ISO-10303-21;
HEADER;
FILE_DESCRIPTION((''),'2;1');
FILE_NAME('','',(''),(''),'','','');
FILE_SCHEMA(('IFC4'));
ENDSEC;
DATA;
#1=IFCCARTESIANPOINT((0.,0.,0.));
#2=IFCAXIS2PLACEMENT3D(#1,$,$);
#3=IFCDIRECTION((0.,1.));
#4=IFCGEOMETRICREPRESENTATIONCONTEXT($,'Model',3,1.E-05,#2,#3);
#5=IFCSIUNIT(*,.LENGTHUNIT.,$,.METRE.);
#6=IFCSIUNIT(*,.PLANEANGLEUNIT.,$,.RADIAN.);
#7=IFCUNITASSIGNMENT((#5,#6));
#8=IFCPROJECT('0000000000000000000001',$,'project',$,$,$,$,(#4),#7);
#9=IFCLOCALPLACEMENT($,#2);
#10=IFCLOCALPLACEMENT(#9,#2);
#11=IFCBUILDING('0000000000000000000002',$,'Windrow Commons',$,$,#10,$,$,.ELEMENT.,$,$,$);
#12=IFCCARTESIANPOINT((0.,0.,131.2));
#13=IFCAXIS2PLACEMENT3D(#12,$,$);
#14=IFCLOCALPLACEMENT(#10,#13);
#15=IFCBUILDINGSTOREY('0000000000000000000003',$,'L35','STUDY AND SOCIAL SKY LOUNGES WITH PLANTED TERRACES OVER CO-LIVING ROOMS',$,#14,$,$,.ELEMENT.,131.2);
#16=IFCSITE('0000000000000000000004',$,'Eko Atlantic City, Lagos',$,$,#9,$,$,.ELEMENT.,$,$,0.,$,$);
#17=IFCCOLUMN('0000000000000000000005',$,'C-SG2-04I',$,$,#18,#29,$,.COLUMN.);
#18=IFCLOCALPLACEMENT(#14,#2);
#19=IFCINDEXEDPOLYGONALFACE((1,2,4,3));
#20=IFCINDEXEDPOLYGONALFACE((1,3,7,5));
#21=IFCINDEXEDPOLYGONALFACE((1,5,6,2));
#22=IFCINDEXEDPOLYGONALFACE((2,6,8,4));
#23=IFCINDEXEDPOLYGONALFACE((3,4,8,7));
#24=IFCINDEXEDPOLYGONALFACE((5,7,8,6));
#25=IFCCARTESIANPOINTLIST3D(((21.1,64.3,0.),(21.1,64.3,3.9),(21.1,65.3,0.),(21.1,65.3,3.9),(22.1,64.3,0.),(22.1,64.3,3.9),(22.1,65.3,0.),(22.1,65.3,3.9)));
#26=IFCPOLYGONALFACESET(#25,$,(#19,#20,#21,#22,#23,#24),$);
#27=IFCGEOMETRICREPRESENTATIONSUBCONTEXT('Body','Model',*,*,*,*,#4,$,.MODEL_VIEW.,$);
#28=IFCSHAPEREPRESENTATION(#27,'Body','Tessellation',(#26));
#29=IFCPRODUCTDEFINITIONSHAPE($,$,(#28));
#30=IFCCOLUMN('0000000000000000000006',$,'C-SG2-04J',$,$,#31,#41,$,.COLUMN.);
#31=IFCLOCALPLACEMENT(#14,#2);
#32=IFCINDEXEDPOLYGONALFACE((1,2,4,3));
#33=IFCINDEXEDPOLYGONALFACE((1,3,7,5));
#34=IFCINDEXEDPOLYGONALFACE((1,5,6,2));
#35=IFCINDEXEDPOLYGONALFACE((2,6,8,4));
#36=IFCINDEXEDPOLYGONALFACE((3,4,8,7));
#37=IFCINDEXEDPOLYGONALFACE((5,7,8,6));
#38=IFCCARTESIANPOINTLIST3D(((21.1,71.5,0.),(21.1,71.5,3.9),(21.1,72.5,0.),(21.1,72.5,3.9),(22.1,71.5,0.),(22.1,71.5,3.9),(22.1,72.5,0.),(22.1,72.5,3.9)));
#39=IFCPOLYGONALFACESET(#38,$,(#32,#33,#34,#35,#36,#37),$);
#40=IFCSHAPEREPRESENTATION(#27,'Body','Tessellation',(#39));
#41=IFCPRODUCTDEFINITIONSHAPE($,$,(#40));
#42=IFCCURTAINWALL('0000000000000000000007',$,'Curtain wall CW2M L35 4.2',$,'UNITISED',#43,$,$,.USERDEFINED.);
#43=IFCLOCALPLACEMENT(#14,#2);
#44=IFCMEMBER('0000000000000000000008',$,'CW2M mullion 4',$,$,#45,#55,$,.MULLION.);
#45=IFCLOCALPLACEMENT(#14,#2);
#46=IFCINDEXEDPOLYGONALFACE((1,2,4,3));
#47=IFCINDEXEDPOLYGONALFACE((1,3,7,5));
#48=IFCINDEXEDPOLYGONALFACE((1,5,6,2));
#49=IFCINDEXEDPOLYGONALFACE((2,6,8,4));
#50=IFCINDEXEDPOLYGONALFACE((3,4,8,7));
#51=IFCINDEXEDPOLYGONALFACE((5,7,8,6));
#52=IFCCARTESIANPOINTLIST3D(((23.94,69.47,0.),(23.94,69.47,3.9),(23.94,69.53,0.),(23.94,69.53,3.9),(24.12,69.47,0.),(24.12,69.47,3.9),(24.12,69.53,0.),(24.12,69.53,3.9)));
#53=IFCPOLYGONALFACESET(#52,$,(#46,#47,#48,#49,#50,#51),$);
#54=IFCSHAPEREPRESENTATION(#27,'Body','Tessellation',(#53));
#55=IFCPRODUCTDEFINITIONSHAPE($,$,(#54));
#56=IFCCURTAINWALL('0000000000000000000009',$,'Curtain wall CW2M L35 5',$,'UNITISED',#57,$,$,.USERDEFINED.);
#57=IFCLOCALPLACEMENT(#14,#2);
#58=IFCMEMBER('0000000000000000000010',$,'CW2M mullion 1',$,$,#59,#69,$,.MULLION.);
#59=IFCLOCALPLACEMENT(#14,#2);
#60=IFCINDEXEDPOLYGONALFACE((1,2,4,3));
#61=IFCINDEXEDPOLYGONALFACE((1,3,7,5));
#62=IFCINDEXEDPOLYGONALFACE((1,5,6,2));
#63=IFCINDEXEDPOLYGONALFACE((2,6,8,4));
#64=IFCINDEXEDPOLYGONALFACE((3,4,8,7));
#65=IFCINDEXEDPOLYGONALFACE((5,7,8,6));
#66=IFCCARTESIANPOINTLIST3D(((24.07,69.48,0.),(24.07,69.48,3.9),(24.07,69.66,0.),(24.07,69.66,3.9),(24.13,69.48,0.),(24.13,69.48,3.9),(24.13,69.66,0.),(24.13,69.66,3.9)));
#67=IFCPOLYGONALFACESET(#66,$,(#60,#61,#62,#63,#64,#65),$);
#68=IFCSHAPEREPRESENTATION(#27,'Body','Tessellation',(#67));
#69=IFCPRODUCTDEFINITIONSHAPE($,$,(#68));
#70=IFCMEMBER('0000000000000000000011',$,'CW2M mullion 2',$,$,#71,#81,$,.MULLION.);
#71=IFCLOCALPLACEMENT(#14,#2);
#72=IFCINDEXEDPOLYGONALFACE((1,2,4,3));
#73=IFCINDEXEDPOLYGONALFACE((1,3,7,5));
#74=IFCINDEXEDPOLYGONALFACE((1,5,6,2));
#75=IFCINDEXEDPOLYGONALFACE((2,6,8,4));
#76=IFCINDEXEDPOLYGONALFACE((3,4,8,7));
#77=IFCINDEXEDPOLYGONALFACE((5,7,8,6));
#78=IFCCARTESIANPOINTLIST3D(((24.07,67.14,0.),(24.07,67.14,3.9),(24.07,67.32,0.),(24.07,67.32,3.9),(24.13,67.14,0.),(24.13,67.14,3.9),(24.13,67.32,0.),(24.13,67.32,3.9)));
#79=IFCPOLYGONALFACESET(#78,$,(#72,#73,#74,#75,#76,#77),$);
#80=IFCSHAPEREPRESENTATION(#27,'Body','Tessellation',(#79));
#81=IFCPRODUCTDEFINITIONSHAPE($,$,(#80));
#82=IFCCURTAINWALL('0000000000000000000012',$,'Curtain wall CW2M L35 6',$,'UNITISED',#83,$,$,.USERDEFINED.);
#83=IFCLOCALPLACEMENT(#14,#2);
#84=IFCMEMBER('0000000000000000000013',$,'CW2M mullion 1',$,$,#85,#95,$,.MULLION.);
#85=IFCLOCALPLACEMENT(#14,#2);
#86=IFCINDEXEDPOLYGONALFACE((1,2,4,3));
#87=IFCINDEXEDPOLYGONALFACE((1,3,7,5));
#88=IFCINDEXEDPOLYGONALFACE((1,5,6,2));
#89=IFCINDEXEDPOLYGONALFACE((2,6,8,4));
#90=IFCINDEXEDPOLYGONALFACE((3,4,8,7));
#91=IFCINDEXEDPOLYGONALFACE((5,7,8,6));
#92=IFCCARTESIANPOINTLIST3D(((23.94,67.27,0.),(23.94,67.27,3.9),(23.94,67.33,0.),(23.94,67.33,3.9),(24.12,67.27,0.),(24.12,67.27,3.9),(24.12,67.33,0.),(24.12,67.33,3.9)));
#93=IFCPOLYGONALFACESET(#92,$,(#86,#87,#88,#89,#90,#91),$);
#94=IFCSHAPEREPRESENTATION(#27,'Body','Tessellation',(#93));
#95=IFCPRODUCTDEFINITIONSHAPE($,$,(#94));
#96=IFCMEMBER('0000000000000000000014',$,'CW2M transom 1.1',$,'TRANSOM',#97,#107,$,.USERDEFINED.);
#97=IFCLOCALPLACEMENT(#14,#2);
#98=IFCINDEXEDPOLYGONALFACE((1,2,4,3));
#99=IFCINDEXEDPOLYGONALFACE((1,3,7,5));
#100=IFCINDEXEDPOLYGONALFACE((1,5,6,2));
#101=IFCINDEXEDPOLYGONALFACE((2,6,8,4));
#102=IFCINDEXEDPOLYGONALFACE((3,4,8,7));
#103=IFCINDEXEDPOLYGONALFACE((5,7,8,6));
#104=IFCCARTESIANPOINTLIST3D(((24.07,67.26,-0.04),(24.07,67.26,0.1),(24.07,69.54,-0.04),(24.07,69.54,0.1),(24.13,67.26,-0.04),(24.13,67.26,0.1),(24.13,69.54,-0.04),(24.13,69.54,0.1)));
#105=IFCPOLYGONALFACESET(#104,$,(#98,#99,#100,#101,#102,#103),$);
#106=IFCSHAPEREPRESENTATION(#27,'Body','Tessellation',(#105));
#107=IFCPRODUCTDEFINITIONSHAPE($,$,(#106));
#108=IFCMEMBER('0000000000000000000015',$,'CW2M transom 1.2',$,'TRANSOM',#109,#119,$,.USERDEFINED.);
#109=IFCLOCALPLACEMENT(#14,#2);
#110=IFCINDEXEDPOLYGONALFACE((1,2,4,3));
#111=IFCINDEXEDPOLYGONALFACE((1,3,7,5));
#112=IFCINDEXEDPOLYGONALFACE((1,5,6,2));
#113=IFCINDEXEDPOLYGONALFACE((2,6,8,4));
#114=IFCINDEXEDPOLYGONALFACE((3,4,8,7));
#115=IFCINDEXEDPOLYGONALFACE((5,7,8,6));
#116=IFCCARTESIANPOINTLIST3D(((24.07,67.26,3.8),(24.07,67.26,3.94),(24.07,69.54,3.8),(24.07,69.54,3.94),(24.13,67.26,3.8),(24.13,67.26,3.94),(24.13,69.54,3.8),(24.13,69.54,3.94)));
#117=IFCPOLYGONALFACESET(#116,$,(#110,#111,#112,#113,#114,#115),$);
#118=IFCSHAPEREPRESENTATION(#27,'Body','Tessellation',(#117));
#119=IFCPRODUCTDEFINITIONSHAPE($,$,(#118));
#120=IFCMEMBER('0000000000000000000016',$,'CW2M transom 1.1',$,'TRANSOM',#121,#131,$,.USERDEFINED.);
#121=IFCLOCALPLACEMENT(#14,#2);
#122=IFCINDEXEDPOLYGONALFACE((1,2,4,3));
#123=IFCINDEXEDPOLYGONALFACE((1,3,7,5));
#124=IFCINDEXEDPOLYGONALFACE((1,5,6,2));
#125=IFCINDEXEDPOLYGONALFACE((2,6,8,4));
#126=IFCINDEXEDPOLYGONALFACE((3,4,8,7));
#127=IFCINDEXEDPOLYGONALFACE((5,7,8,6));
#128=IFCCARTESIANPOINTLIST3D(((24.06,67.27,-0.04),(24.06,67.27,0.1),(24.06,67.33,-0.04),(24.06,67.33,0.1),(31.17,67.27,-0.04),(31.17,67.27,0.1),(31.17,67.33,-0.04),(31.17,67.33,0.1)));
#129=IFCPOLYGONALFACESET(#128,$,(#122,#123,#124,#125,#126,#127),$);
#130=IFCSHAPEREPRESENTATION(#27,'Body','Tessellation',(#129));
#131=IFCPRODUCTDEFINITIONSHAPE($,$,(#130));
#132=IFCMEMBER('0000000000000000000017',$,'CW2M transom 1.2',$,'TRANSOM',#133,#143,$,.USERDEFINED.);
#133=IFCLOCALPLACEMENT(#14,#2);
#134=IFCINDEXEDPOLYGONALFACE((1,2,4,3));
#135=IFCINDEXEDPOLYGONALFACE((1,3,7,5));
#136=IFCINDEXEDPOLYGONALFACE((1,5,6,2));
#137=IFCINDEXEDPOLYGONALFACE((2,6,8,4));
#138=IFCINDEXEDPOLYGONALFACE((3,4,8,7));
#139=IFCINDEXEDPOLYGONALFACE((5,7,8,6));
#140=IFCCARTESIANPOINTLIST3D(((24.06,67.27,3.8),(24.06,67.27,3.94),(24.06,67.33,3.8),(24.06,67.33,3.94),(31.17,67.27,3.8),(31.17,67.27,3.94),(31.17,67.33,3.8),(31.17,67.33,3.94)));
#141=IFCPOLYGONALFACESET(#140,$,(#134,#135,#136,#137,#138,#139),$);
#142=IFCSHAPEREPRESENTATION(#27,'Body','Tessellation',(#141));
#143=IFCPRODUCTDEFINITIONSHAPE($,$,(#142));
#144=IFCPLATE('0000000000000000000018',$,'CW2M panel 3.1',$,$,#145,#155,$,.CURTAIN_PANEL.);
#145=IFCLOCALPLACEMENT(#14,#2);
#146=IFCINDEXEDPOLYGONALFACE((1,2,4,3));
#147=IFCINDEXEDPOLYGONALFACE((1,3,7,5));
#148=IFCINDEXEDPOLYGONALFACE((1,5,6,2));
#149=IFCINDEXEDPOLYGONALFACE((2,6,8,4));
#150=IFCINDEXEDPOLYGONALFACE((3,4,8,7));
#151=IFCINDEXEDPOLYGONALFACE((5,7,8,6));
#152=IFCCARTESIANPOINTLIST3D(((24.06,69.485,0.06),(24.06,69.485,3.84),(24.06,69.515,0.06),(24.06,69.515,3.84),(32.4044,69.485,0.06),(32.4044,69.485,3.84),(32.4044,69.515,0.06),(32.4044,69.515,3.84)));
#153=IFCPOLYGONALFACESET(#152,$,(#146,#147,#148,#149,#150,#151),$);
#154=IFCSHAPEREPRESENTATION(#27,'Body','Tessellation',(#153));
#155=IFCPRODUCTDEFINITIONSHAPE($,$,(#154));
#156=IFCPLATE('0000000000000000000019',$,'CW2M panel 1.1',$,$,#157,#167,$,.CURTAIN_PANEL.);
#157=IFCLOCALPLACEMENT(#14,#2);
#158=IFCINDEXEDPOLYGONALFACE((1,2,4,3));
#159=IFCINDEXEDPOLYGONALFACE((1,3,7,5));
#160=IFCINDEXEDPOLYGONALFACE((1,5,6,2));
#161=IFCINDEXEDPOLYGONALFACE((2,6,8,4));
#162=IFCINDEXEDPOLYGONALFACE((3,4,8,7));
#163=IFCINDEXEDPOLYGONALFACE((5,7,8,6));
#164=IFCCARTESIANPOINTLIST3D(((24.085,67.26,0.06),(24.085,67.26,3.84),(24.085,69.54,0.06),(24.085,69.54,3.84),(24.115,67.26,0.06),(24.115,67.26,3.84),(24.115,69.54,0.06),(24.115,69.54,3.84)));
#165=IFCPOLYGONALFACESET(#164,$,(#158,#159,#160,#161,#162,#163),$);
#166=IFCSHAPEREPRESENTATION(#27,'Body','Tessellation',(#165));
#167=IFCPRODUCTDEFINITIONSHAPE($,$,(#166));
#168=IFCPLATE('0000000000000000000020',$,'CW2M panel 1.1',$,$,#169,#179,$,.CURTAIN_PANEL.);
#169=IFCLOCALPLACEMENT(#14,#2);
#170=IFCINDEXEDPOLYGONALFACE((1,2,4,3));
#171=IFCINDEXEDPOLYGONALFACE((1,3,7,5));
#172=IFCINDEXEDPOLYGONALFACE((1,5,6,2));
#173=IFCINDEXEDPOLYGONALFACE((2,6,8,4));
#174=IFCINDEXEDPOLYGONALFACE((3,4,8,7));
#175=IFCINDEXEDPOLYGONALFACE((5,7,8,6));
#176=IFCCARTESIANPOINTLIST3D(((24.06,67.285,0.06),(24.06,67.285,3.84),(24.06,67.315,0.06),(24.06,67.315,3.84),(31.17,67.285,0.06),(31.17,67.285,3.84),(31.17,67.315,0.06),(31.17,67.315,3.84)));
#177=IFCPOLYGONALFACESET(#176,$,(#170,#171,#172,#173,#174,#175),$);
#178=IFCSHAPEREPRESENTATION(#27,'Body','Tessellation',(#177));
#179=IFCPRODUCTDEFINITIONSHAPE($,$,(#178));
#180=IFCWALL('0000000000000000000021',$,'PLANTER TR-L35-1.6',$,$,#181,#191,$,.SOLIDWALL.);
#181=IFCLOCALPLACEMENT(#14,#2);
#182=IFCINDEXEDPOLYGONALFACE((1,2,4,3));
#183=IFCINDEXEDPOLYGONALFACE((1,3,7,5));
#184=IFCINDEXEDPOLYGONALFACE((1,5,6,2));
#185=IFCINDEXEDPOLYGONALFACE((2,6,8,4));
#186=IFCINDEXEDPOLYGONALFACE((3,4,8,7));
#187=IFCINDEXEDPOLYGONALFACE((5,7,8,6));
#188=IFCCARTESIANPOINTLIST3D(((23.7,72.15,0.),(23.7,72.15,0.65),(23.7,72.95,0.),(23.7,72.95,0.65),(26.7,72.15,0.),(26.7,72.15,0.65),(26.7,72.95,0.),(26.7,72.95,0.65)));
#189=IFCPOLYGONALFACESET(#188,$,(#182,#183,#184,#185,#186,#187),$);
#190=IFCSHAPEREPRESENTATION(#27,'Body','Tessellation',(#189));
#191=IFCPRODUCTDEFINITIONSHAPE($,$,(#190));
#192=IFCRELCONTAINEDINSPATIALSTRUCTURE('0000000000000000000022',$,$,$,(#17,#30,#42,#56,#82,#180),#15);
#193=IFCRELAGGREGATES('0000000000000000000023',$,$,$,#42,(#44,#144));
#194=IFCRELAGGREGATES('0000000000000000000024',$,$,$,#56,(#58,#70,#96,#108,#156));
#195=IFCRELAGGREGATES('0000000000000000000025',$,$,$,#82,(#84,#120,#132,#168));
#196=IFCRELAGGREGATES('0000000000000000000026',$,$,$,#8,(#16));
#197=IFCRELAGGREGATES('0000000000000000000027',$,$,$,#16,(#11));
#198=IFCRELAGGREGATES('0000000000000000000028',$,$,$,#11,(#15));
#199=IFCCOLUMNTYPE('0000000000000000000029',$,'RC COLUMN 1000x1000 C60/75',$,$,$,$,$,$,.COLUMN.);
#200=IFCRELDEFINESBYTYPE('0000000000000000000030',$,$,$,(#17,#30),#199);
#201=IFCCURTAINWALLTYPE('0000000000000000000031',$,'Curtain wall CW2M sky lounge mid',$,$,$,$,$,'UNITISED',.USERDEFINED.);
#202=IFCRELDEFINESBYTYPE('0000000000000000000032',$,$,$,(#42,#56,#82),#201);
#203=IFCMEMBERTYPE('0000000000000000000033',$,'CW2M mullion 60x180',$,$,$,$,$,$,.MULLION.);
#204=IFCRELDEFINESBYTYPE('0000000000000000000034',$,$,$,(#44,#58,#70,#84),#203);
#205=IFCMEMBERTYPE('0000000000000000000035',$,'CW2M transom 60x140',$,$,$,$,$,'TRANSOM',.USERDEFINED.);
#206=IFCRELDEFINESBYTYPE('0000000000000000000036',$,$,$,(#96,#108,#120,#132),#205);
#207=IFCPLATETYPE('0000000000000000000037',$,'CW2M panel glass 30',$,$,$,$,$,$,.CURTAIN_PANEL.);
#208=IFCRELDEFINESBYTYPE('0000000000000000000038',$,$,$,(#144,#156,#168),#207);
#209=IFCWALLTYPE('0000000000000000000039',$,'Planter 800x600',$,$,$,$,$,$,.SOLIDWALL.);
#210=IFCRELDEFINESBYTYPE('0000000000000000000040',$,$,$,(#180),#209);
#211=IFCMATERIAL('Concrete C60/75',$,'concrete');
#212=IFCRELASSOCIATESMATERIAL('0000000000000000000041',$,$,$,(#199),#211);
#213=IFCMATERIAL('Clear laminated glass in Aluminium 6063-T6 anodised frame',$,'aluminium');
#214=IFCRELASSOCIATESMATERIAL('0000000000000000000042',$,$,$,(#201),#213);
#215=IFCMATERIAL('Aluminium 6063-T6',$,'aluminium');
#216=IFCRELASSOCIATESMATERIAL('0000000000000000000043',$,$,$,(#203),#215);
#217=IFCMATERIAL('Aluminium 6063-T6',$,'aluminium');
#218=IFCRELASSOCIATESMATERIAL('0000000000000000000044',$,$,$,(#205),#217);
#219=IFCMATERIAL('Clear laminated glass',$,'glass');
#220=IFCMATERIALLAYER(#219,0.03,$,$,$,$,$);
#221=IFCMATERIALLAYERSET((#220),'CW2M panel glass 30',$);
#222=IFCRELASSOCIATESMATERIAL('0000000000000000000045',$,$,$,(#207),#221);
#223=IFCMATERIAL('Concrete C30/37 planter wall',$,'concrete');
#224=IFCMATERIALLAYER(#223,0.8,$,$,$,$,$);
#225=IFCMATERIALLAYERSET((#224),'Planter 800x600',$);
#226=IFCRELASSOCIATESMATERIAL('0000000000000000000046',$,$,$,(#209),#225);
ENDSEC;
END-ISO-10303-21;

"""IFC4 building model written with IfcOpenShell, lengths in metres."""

from ifc_helpers import new_model, si_unit, direction, frame, frame_2d, origin, origin_2d, place, context, subcontext, project, spatial, rectangle, extrude, material, layer, layer_set, material_profile, profile_set, type_object, element, aggregate, save


model = new_model("IFC4")

# Units and contexts
model_context = context("Model", 3, precision=1e-05, world=origin(), true_north=direction((0.0, 1.0)))
body_context = subcontext(model_context, "Body", "Model", "MODEL_VIEW")
ifc_project = project(units=[si_unit("LENGTHUNIT", "METRE"), si_unit("PLANEANGLEUNIT", "RADIAN")], contexts=[model_context])

# Site, building, storey
site_placement = place(None, origin())
site = spatial("IfcSite", under=ifc_project, at=site_placement, Name="Eko Atlantic City, Lagos", CompositionType="ELEMENT", RefElevation=0.0)
building_placement = place(site_placement, origin())
building = spatial("IfcBuilding", under=site, at=building_placement, Name="Windrow Commons", CompositionType="ELEMENT")
storey_placement = place(building_placement, frame((0.0, 0.0, 131.2)))
storey = spatial("IfcBuildingStorey", under=building, at=storey_placement, Name="L35", Description="STUDY AND SOCIAL SKY LOUNGES WITH PLANTED TERRACES OVER CO-LIVING ROOMS", CompositionType="ELEMENT", Elevation=131.2)

# Columns
ifc_material_1 = material(Name="Concrete C60/75", Category="concrete")
ifc_material_profile_1 = material_profile(ifc_material_1, rectangle(XDim=1.0, YDim=1.0, at=origin_2d()))
ifc_profile_set_1 = profile_set([ifc_material_profile_1], Name="Concrete C60/75")
column_type = type_object("IfcColumnType", Name="RC COLUMN 1000x1000 C60/75", PredefinedType="COLUMN", material=ifc_profile_set_1)
for number, where, z_axis, x_axis, name in (
    (1, (21.6, 64.8, 0.0), (0.0, 0.0, 1.0), (1.0, 0.0, 0.0), "C-SG2-04I"),
    (2, (21.6, 72.0, 0.0), (0.0, 0.0, 1.0), (1.0, 0.0, 0.0), "C-SG2-04J"),
):
    element("IfcColumn", number, at=place(storey_placement, frame(where, z_axis=z_axis, x_axis=x_axis)), inside=storey, type_object=column_type, Name=name, PredefinedType="COLUMN", context=body_context, shape_type="SweptSolid", body=[
        extrude(rectangle(XDim=1.0, YDim=1.0, at=origin_2d()), origin(), (0.0, 0.0, 1.0), 3.9),
    ])

# Curtain wall, member
ifc_material_2 = material(Name="Clear laminated glass in Aluminium 6063-T6 anodised frame", Category="aluminium")
curtain_wall_type = type_object("IfcCurtainWallType", Name="Curtain wall CW2M sky lounge mid", ElementType="UNITISED", PredefinedType="USERDEFINED", material=ifc_material_2)
placement = place(storey_placement, origin())
curtain_wall_1 = element("IfcCurtainWall", 3, at=placement, inside=storey, type_object=curtain_wall_type, Name="Curtain wall CW2M L35 4.2", ObjectType="UNITISED", PredefinedType="USERDEFINED")
ifc_material_3 = material(Name="Aluminium 6063-T6", Category="aluminium")
ifc_material_profile_2 = material_profile(ifc_material_3, rectangle(XDim=0.06, YDim=0.18, at=origin_2d()))
ifc_profile_set_2 = profile_set([ifc_material_profile_2], Name="Aluminium 6063-T6")
member_type_1 = type_object("IfcMemberType", Name="CW2M mullion 60x180", PredefinedType="MULLION", material=ifc_profile_set_2)
member_1_placement = place(storey_placement, frame((24.03, 69.5, 0.0), z_axis=(0.0, 0.0, 1.0), x_axis=(0.0, -1.0, 0.0)))
member_1 = element("IfcMember", 4, at=member_1_placement, type_object=member_type_1, Name="CW2M mullion 4", PredefinedType="MULLION", context=body_context, shape_type="SweptSolid", body=[
    extrude(rectangle(XDim=0.06, YDim=0.18, at=origin_2d()), origin(), (0.0, 0.0, 1.0), 3.9),
])

# Curtain wall, members
curtain_wall_2 = element("IfcCurtainWall", 5, at=placement, inside=storey, type_object=curtain_wall_type, Name="Curtain wall CW2M L35 5", ObjectType="UNITISED", PredefinedType="USERDEFINED")
member_2_placement = place(storey_placement, frame((24.1, 69.57, 0.0), z_axis=(0.0, 0.0, 1.0), x_axis=(1.0, 0.0, 0.0)))
member_2 = element("IfcMember", 6, at=member_2_placement, type_object=member_type_1, Name="CW2M mullion 1", PredefinedType="MULLION", context=body_context, shape_type="SweptSolid", body=[
    extrude(rectangle(XDim=0.06, YDim=0.18, at=origin_2d()), origin(), (0.0, 0.0, 1.0), 3.9),
])
member_3_placement = place(storey_placement, frame((24.1, 67.23, 0.0), z_axis=(0.0, 0.0, 1.0), x_axis=(1.0, 0.0, 0.0)))
member_3 = element("IfcMember", 7, at=member_3_placement, type_object=member_type_1, Name="CW2M mullion 2", PredefinedType="MULLION", context=body_context, shape_type="SweptSolid", body=[
    extrude(rectangle(XDim=0.06, YDim=0.18, at=origin_2d()), origin(), (0.0, 0.0, 1.0), 3.9),
])

# Curtain wall, member
curtain_wall_3 = element("IfcCurtainWall", 8, at=placement, inside=storey, type_object=curtain_wall_type, Name="Curtain wall CW2M L35 6", ObjectType="UNITISED", PredefinedType="USERDEFINED")
member_4_placement = place(storey_placement, frame((24.03, 67.3, 0.0), z_axis=(0.0, 0.0, 1.0), x_axis=(0.0, 1.0, 0.0)))
member_4 = element("IfcMember", 9, at=member_4_placement, type_object=member_type_1, Name="CW2M mullion 1", PredefinedType="MULLION", context=body_context, shape_type="SweptSolid", body=[
    extrude(rectangle(XDim=0.06, YDim=0.18, at=origin_2d()), origin(), (0.0, 0.0, 1.0), 3.9),
])

# Members
ifc_material_4 = material(Name="Aluminium 6063-T6", Category="aluminium")
ifc_material_profile_3 = material_profile(ifc_material_4, rectangle(XDim=0.06, YDim=0.14, at=origin_2d()))
ifc_profile_set_3 = profile_set([ifc_material_profile_3], Name="Aluminium 6063-T6")
member_type_2 = type_object("IfcMemberType", Name="CW2M transom 60x140", ElementType="TRANSOM", PredefinedType="USERDEFINED", material=ifc_profile_set_3)
member_5_placement = place(storey_placement, frame((24.1, 69.54, 0.03), z_axis=(0.0, -1.0, 0.0), x_axis=(1.0, 0.0, 0.0)))
member_5 = element("IfcMember", 10, at=member_5_placement, type_object=member_type_2, Name="CW2M transom 1.1", ObjectType="TRANSOM", PredefinedType="USERDEFINED", context=body_context, shape_type="SweptSolid", body=[
    extrude(rectangle(XDim=0.06, YDim=0.14, at=origin_2d()), origin(), (0.0, 0.0, 1.0), 2.28),
])
member_6_placement = place(storey_placement, frame((24.1, 69.54, 3.87), z_axis=(0.0, -1.0, 0.0), x_axis=(1.0, 0.0, 0.0)))
member_6 = element("IfcMember", 11, at=member_6_placement, type_object=member_type_2, Name="CW2M transom 1.2", ObjectType="TRANSOM", PredefinedType="USERDEFINED", context=body_context, shape_type="SweptSolid", body=[
    extrude(rectangle(XDim=0.06, YDim=0.14, at=origin_2d()), origin(), (0.0, 0.0, 1.0), 2.28),
])
member_7_placement = place(storey_placement, frame((24.06, 67.3, 0.03), z_axis=(1.0, 0.0, 0.0), x_axis=(0.0, 1.0, 0.0)))
member_7 = element("IfcMember", 12, at=member_7_placement, type_object=member_type_2, Name="CW2M transom 1.1", ObjectType="TRANSOM", PredefinedType="USERDEFINED", context=body_context, shape_type="SweptSolid", body=[
    extrude(rectangle(XDim=0.06, YDim=0.14, at=origin_2d()), origin(), (0.0, 0.0, 1.0), 7.11),
])
member_8_placement = place(storey_placement, frame((24.06, 67.3, 3.87), z_axis=(1.0, 0.0, 0.0), x_axis=(0.0, 1.0, 0.0)))
member_8 = element("IfcMember", 13, at=member_8_placement, type_object=member_type_2, Name="CW2M transom 1.2", ObjectType="TRANSOM", PredefinedType="USERDEFINED", context=body_context, shape_type="SweptSolid", body=[
    extrude(rectangle(XDim=0.06, YDim=0.14, at=origin_2d()), origin(), (0.0, 0.0, 1.0), 7.11),
])

# Plates
ifc_material_5 = material(Name="Clear laminated glass", Category="glass")
ifc_layer_1 = layer(ifc_material_5, 0.03)
ifc_layer_set_1 = layer_set([ifc_layer_1], Name="CW2M panel glass 30")
plate_type = type_object("IfcPlateType", Name="CW2M panel glass 30", PredefinedType="CURTAIN_PANEL", material=ifc_layer_set_1)
plate_1_placement = place(storey_placement, frame((28.2322, 69.5, 0.06), z_axis=(0.0, 0.0, 1.0), x_axis=(-1.0, 0.0, 0.0)))
plate_1 = element("IfcPlate", 14, at=plate_1_placement, type_object=plate_type, Name="CW2M panel 3.1", PredefinedType="CURTAIN_PANEL", context=body_context, shape_type="SweptSolid", body=[
    extrude(rectangle(XDim=8.3443, YDim=0.03, at=origin_2d()), origin(), (0.0, 0.0, 1.0), 3.78),
])
aggregate(curtain_wall_1, [member_1, plate_1])
plate_2_placement = place(storey_placement, frame((24.1, 68.4, 0.06), z_axis=(0.0, 0.0, 1.0), x_axis=(0.0, -1.0, 0.0)))
plate_2 = element("IfcPlate", 15, at=plate_2_placement, type_object=plate_type, Name="CW2M panel 1.1", PredefinedType="CURTAIN_PANEL", context=body_context, shape_type="SweptSolid", body=[
    extrude(rectangle(XDim=2.28, YDim=0.03, at=origin_2d()), origin(), (0.0, 0.0, 1.0), 3.78),
])
aggregate(curtain_wall_2, [member_2, member_3, member_5, member_6, plate_2])
plate_3_placement = place(storey_placement, frame((27.615, 67.3, 0.06), z_axis=(0.0, 0.0, 1.0), x_axis=(1.0, 0.0, 0.0)))
plate_3 = element("IfcPlate", 16, at=plate_3_placement, type_object=plate_type, Name="CW2M panel 1.1", PredefinedType="CURTAIN_PANEL", context=body_context, shape_type="SweptSolid", body=[
    extrude(rectangle(XDim=7.11, YDim=0.03, at=origin_2d()), origin(), (0.0, 0.0, 1.0), 3.78),
])
aggregate(curtain_wall_3, [member_4, member_7, member_8, plate_3])

# Wall
ifc_material_6 = material(Name="Concrete C30/37 planter wall", Category="concrete")
ifc_layer_2 = layer(ifc_material_6, 0.8)
ifc_layer_set_2 = layer_set([ifc_layer_2], Name="Planter 800x600")
wall_type = type_object("IfcWallType", Name="Planter 800x600", PredefinedType="SOLIDWALL", material=ifc_layer_set_2)
for number, where, z_axis, x_axis, name in (
    (17, (26.7, 72.55, 0.0), (0.0, 0.0, 1.0), (-1.0, 0.0, 0.0), "PLANTER TR-L35-1.6"),
):
    element("IfcWall", number, at=place(storey_placement, frame(where, z_axis=z_axis, x_axis=x_axis)), inside=storey, type_object=wall_type, Name=name, PredefinedType="SOLIDWALL", context=body_context, shape_type="SweptSolid", body=[
        extrude(rectangle(XDim=3.0, YDim=0.8, at=frame_2d((1.5, 0.0))), origin(), (0.0, 0.0, 1.0), 0.65),
    ])

save(model, "model.ifc")
